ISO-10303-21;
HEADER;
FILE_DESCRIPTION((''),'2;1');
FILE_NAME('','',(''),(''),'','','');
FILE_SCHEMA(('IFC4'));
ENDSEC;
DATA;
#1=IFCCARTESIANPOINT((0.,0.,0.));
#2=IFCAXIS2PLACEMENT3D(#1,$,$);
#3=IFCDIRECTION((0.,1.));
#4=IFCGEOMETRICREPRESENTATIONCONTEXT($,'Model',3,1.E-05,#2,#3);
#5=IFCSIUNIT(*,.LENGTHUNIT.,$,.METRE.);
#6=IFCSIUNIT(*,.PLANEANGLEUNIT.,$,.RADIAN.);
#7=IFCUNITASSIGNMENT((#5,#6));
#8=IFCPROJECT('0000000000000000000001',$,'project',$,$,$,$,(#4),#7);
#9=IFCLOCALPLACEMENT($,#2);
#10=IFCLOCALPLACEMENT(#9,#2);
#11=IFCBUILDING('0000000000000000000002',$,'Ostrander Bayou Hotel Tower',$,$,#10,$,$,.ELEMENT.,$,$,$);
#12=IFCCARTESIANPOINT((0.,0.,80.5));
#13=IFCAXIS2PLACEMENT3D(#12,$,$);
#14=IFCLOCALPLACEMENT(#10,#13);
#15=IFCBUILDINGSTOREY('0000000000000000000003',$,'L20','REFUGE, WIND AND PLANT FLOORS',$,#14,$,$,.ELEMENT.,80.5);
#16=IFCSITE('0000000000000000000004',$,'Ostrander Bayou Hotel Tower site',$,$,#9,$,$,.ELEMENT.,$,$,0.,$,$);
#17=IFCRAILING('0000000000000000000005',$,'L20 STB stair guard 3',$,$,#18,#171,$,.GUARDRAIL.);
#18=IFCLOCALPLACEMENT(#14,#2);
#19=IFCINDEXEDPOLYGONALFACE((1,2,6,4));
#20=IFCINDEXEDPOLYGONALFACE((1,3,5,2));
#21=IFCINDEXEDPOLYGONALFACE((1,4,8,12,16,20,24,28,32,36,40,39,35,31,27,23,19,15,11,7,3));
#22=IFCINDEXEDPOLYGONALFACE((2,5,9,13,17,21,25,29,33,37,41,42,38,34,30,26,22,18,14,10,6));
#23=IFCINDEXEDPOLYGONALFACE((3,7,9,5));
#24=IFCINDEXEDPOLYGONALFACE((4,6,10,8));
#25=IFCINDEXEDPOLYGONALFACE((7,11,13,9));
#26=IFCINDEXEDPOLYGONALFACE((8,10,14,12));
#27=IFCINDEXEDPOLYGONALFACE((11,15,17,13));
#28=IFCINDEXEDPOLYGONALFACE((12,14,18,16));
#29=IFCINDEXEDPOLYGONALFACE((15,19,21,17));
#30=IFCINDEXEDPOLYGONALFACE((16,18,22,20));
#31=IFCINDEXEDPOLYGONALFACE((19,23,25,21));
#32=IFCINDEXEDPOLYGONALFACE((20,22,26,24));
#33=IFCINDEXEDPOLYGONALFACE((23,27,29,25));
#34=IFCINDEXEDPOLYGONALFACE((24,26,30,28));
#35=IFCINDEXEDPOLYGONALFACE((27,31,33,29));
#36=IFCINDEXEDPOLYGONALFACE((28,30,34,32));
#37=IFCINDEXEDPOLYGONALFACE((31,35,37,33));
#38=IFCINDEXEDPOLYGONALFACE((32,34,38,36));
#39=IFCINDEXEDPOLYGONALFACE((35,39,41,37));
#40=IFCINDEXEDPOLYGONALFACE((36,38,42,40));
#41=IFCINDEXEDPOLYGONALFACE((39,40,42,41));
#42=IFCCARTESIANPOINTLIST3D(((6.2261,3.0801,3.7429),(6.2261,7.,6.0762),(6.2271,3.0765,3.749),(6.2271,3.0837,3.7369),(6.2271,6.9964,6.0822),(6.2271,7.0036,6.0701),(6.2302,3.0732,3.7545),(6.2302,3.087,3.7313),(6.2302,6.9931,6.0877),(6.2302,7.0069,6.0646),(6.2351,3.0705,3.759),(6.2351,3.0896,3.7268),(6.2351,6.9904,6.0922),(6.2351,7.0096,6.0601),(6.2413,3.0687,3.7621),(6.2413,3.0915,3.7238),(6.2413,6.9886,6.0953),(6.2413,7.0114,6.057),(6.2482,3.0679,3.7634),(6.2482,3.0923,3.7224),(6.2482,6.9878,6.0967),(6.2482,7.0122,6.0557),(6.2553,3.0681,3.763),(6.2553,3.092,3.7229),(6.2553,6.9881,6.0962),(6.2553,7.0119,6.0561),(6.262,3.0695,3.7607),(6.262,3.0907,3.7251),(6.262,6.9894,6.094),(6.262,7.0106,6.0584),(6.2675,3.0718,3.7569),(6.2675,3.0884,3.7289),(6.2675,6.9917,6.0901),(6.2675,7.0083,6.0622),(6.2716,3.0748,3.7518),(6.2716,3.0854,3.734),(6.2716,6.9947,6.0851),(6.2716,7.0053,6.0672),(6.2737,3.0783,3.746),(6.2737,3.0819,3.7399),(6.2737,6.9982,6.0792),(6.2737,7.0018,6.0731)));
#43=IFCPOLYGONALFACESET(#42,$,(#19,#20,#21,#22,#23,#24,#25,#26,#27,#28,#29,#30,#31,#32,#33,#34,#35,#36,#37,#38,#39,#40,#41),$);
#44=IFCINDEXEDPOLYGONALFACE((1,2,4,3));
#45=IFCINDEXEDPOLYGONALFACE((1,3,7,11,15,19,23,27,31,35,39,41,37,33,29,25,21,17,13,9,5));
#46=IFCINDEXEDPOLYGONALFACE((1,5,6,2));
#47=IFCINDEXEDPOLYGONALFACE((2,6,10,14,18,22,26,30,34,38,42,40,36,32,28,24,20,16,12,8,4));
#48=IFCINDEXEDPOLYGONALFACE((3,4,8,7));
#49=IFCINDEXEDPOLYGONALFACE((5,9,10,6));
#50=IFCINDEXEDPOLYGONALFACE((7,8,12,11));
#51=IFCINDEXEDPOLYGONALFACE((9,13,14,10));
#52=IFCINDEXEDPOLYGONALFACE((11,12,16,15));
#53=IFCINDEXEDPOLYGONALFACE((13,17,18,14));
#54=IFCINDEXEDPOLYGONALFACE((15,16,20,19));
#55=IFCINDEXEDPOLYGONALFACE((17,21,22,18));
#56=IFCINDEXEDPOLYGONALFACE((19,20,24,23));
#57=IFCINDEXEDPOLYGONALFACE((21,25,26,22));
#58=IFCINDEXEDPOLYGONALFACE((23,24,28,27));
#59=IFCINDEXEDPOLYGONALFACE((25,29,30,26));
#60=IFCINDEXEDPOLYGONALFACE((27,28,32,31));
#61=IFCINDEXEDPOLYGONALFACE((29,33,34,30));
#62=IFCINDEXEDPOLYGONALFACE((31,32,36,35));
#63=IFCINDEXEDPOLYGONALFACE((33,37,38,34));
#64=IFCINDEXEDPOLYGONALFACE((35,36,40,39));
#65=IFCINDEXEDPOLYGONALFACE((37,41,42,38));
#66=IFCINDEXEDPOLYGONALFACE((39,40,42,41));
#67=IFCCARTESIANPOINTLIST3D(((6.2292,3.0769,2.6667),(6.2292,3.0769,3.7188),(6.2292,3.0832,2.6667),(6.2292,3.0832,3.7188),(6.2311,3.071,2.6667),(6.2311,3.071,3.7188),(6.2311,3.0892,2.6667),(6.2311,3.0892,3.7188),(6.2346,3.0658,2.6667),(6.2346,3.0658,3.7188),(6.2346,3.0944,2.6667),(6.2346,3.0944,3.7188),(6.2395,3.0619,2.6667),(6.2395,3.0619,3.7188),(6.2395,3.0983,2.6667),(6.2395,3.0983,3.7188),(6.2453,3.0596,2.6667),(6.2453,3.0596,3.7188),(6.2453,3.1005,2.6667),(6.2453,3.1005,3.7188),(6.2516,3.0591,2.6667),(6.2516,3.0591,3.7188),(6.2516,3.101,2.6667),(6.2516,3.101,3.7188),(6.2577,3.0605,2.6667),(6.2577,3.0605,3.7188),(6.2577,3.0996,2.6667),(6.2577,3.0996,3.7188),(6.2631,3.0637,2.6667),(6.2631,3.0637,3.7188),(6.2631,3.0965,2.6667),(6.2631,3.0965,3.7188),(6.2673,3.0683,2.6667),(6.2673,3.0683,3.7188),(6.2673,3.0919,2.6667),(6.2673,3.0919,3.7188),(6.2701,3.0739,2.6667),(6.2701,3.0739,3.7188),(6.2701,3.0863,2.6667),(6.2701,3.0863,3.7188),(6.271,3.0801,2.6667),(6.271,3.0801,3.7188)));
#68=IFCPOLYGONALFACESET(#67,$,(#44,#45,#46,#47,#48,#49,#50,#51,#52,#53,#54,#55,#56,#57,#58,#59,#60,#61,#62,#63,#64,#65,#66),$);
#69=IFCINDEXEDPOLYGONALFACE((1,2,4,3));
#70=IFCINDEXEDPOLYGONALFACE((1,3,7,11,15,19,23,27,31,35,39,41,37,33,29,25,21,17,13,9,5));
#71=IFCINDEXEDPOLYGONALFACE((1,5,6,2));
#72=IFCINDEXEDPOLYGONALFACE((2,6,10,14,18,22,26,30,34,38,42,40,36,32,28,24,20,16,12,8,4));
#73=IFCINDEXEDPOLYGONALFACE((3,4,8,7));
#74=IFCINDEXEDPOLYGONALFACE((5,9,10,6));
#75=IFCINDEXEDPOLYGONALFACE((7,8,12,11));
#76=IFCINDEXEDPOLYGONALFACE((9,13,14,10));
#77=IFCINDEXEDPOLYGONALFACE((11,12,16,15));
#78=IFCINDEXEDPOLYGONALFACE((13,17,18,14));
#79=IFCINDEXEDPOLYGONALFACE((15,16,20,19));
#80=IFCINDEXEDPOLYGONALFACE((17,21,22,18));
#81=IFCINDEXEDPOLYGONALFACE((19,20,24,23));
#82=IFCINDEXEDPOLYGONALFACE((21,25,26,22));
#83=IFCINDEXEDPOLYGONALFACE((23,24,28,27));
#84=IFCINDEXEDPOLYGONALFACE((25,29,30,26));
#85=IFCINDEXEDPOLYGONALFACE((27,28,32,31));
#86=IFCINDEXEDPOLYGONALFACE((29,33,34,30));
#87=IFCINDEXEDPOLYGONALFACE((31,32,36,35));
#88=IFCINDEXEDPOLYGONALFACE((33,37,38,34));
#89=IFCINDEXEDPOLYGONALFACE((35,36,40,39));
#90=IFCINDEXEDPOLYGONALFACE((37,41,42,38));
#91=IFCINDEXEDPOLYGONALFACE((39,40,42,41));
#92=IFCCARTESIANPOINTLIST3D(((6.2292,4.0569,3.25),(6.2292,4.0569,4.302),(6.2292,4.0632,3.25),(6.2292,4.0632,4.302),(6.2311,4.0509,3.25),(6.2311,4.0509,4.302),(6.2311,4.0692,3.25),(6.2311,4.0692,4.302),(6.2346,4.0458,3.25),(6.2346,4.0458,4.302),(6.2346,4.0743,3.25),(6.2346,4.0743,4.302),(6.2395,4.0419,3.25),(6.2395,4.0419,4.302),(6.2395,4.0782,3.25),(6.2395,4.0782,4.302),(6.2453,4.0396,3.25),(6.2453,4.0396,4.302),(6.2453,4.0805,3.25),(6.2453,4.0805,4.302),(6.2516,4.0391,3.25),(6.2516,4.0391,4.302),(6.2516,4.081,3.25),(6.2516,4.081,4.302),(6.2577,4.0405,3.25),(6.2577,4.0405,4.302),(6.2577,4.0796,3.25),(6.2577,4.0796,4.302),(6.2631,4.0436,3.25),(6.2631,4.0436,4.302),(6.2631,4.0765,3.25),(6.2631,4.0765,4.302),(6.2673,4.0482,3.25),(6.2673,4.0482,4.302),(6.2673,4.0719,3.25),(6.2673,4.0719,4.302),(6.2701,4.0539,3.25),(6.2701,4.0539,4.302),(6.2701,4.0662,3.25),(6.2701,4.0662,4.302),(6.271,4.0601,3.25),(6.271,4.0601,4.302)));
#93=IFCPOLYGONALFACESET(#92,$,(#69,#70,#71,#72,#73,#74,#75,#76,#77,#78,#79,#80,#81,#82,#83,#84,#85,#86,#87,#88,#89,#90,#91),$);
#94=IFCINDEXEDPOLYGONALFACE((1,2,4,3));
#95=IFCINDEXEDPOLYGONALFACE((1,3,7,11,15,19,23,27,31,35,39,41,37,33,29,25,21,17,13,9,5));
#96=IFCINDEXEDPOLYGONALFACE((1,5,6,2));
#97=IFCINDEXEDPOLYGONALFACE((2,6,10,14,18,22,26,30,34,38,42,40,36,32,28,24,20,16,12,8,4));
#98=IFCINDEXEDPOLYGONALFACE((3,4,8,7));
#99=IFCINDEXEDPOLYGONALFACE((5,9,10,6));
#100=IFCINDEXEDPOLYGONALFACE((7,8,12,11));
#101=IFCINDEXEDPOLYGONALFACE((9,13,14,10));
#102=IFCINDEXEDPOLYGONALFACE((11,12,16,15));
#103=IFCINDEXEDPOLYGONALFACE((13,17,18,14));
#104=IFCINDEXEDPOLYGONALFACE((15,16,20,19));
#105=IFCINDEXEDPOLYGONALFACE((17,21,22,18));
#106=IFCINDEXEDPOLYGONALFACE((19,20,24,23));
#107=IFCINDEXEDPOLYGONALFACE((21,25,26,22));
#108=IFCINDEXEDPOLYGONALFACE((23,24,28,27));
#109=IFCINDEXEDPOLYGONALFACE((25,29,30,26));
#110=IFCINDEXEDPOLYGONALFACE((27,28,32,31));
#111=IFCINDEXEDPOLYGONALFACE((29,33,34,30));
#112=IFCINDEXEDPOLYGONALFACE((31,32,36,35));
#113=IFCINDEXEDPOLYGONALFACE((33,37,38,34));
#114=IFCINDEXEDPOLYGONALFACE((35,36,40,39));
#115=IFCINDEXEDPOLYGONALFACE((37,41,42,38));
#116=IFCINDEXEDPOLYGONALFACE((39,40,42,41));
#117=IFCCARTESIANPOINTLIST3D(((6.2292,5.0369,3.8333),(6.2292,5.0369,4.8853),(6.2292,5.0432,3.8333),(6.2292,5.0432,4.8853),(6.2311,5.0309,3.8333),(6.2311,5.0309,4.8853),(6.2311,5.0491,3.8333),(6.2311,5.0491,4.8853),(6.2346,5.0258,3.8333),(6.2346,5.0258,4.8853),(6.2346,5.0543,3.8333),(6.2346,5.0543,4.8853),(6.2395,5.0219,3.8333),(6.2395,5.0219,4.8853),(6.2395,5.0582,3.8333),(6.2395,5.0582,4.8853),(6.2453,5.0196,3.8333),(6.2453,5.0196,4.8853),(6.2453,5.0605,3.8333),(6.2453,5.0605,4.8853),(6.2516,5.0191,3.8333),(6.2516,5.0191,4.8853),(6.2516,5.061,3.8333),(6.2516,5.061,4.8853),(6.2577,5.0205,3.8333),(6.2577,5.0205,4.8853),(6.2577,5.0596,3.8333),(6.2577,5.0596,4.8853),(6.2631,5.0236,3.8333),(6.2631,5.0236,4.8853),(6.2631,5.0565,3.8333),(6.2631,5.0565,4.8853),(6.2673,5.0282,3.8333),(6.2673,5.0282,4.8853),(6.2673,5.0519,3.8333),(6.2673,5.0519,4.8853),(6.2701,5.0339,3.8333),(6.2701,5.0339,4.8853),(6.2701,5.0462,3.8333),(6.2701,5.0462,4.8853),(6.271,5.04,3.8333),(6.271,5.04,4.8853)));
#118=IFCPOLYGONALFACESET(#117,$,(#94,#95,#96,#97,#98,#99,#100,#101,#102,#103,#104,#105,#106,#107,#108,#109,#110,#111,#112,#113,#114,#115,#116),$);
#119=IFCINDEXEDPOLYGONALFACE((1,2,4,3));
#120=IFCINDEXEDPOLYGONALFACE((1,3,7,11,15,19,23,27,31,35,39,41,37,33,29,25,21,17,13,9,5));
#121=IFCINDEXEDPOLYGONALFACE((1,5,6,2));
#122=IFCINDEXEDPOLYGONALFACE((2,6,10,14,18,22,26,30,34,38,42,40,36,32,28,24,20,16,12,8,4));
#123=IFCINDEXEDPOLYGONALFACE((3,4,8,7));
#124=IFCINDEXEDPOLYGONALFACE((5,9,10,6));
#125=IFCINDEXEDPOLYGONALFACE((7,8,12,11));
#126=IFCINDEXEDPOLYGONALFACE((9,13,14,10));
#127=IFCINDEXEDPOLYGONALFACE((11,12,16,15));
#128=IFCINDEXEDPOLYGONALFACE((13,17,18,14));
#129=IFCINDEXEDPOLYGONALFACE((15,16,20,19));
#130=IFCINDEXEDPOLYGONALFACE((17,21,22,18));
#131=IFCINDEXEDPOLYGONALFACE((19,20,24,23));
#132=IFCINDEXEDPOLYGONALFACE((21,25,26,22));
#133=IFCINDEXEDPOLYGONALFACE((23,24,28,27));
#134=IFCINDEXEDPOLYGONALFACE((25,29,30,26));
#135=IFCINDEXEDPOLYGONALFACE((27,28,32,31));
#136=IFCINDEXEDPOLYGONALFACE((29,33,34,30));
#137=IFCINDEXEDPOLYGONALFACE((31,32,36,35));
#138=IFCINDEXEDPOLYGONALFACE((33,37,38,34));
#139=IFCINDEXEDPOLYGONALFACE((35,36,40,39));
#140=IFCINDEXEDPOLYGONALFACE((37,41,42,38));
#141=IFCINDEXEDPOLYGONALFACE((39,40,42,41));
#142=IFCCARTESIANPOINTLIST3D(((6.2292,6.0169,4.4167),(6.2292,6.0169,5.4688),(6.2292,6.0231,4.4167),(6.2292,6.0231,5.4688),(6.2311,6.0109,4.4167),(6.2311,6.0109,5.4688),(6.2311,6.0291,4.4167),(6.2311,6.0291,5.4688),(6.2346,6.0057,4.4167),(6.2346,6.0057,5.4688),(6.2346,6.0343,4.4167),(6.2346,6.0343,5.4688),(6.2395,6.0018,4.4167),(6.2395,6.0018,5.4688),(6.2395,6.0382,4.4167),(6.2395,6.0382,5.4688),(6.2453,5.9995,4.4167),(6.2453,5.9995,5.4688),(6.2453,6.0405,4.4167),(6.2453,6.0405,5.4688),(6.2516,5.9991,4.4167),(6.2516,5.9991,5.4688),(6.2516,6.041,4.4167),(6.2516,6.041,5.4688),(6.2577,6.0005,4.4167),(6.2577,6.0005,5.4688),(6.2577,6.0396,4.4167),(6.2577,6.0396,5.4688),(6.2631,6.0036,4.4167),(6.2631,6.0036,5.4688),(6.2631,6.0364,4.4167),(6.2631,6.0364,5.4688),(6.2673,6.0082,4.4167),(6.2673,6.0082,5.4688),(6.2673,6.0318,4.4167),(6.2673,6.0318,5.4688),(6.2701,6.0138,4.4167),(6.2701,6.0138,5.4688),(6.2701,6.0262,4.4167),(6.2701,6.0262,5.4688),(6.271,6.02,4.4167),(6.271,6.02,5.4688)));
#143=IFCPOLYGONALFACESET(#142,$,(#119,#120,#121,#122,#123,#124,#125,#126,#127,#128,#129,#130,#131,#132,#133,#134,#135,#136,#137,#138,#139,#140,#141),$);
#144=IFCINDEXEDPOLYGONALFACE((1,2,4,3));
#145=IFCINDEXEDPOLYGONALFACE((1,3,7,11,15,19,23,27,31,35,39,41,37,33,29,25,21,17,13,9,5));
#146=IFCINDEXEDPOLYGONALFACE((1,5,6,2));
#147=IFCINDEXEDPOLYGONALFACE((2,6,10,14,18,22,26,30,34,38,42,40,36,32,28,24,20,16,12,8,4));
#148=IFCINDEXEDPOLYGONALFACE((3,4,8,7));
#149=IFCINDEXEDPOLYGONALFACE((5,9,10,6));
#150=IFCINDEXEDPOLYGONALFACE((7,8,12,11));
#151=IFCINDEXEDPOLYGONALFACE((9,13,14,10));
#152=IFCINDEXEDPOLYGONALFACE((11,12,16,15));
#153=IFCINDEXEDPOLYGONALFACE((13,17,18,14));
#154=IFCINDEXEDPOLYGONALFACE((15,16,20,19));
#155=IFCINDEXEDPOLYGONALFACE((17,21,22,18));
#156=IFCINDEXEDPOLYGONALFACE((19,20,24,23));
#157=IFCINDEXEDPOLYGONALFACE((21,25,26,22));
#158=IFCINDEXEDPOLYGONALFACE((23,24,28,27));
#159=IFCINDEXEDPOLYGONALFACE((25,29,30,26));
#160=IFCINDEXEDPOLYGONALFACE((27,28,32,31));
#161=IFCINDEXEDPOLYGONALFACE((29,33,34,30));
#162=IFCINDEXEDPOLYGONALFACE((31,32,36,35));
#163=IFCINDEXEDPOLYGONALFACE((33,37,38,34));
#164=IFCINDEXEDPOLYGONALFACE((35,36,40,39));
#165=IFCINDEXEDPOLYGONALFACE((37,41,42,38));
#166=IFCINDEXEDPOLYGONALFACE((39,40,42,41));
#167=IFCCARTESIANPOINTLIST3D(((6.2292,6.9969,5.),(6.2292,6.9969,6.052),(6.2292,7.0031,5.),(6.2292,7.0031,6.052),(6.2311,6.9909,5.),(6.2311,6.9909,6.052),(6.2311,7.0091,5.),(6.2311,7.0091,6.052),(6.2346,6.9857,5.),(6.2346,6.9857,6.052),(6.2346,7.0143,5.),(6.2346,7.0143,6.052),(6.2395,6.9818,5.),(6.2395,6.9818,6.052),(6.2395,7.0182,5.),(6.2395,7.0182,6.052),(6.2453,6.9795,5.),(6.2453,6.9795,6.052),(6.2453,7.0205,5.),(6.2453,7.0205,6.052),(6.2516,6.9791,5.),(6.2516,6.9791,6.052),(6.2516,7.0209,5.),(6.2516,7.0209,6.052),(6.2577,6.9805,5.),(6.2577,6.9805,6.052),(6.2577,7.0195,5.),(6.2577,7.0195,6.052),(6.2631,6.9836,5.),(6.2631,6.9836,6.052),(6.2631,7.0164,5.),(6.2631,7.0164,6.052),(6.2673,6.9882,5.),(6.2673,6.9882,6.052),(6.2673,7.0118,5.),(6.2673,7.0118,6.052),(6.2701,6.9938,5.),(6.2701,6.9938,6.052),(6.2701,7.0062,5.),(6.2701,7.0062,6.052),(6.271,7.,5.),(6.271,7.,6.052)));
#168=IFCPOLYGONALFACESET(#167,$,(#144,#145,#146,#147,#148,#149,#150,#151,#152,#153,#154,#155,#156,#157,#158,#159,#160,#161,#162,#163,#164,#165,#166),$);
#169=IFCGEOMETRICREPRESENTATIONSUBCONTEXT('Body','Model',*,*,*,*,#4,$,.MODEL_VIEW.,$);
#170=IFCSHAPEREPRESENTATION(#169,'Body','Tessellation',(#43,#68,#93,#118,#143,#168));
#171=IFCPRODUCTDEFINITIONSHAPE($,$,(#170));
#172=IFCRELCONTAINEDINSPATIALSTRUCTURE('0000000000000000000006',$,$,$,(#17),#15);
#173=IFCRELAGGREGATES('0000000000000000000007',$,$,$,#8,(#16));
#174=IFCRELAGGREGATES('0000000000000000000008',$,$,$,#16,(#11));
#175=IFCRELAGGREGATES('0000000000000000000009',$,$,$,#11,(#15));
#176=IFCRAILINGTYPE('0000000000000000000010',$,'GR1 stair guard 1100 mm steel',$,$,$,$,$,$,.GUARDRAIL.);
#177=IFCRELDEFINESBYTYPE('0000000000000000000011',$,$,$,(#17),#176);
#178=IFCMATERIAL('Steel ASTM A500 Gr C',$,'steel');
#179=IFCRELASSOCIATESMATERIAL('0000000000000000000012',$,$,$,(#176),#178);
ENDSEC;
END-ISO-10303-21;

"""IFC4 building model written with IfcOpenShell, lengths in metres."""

from ifc_helpers import new_model, si_unit, direction, frame, origin, origin_2d, place, context, subcontext, project, spatial, circle, extrude, material, type_object, element, save


model = new_model("IFC4")

# Units and contexts
model_context = context("Model", 3, precision=1e-05, world=origin(), true_north=direction((0.0, 1.0)))
body_context = subcontext(model_context, "Body", "Model", "MODEL_VIEW")
ifc_project = project(units=[si_unit("LENGTHUNIT", "METRE"), si_unit("PLANEANGLEUNIT", "RADIAN")], contexts=[model_context])

# Site, building, storey
site_placement = place(None, origin())
site = spatial("IfcSite", under=ifc_project, at=site_placement, Name="Ostrander Bayou Hotel Tower site", CompositionType="ELEMENT", RefElevation=0.0)
building_placement = place(site_placement, origin())
building = spatial("IfcBuilding", under=site, at=building_placement, Name="Ostrander Bayou Hotel Tower", CompositionType="ELEMENT")
storey_placement = place(building_placement, frame((0.0, 0.0, 80.5)))
storey = spatial("IfcBuildingStorey", under=building, at=storey_placement, Name="L20", Description="REFUGE, WIND AND PLANT FLOORS", CompositionType="ELEMENT", Elevation=80.5)

# Railing
ifc_material_1 = material(Name="Steel ASTM A500 Gr C", Category="steel")
railing_type_1 = type_object("IfcRailingType", Name="GR1 stair guard 1100 mm steel", PredefinedType="GUARDRAIL", material=ifc_material_1)
railing_1_placement = place(storey_placement, frame((6.25, 3.0801, 2.6667)))
element("IfcRailing", 1, at=railing_1_placement, inside=storey, type_object=railing_type_1, Name="L20 STB stair guard 3", PredefinedType="GUARDRAIL", context=body_context, shape_type="SweptSolid", body=[
    extrude(circle(Radius=0.0239, at=origin_2d()), frame((0.0, 0.0, 1.0762), z_axis=(0.0, 0.859296, 0.511478), x_axis=(-1.0, 0.0, 0.0)), (0.0, 0.0, 1.0), 4.5618),
    extrude(circle(Radius=0.021, at=origin_2d()), origin(), (0.0, 0.0, 1.0), 1.052),
    extrude(circle(Radius=0.021, at=origin_2d()), frame((0.0, 0.98, 0.5833)), (0.0, 0.0, 1.0), 1.052),
    extrude(circle(Radius=0.021, at=origin_2d()), frame((0.0, 1.96, 1.1665)), (0.0, 0.0, 1.0), 1.052),
    extrude(circle(Radius=0.021, at=origin_2d()), frame((0.0, 2.9399, 1.75)), (0.0, 0.0, 1.0), 1.052),
    extrude(circle(Radius=0.021, at=origin_2d()), frame((0.0, 3.9199, 2.3333)), (0.0, 0.0, 1.0), 1.052),
])

save(model, "model.ifc")
